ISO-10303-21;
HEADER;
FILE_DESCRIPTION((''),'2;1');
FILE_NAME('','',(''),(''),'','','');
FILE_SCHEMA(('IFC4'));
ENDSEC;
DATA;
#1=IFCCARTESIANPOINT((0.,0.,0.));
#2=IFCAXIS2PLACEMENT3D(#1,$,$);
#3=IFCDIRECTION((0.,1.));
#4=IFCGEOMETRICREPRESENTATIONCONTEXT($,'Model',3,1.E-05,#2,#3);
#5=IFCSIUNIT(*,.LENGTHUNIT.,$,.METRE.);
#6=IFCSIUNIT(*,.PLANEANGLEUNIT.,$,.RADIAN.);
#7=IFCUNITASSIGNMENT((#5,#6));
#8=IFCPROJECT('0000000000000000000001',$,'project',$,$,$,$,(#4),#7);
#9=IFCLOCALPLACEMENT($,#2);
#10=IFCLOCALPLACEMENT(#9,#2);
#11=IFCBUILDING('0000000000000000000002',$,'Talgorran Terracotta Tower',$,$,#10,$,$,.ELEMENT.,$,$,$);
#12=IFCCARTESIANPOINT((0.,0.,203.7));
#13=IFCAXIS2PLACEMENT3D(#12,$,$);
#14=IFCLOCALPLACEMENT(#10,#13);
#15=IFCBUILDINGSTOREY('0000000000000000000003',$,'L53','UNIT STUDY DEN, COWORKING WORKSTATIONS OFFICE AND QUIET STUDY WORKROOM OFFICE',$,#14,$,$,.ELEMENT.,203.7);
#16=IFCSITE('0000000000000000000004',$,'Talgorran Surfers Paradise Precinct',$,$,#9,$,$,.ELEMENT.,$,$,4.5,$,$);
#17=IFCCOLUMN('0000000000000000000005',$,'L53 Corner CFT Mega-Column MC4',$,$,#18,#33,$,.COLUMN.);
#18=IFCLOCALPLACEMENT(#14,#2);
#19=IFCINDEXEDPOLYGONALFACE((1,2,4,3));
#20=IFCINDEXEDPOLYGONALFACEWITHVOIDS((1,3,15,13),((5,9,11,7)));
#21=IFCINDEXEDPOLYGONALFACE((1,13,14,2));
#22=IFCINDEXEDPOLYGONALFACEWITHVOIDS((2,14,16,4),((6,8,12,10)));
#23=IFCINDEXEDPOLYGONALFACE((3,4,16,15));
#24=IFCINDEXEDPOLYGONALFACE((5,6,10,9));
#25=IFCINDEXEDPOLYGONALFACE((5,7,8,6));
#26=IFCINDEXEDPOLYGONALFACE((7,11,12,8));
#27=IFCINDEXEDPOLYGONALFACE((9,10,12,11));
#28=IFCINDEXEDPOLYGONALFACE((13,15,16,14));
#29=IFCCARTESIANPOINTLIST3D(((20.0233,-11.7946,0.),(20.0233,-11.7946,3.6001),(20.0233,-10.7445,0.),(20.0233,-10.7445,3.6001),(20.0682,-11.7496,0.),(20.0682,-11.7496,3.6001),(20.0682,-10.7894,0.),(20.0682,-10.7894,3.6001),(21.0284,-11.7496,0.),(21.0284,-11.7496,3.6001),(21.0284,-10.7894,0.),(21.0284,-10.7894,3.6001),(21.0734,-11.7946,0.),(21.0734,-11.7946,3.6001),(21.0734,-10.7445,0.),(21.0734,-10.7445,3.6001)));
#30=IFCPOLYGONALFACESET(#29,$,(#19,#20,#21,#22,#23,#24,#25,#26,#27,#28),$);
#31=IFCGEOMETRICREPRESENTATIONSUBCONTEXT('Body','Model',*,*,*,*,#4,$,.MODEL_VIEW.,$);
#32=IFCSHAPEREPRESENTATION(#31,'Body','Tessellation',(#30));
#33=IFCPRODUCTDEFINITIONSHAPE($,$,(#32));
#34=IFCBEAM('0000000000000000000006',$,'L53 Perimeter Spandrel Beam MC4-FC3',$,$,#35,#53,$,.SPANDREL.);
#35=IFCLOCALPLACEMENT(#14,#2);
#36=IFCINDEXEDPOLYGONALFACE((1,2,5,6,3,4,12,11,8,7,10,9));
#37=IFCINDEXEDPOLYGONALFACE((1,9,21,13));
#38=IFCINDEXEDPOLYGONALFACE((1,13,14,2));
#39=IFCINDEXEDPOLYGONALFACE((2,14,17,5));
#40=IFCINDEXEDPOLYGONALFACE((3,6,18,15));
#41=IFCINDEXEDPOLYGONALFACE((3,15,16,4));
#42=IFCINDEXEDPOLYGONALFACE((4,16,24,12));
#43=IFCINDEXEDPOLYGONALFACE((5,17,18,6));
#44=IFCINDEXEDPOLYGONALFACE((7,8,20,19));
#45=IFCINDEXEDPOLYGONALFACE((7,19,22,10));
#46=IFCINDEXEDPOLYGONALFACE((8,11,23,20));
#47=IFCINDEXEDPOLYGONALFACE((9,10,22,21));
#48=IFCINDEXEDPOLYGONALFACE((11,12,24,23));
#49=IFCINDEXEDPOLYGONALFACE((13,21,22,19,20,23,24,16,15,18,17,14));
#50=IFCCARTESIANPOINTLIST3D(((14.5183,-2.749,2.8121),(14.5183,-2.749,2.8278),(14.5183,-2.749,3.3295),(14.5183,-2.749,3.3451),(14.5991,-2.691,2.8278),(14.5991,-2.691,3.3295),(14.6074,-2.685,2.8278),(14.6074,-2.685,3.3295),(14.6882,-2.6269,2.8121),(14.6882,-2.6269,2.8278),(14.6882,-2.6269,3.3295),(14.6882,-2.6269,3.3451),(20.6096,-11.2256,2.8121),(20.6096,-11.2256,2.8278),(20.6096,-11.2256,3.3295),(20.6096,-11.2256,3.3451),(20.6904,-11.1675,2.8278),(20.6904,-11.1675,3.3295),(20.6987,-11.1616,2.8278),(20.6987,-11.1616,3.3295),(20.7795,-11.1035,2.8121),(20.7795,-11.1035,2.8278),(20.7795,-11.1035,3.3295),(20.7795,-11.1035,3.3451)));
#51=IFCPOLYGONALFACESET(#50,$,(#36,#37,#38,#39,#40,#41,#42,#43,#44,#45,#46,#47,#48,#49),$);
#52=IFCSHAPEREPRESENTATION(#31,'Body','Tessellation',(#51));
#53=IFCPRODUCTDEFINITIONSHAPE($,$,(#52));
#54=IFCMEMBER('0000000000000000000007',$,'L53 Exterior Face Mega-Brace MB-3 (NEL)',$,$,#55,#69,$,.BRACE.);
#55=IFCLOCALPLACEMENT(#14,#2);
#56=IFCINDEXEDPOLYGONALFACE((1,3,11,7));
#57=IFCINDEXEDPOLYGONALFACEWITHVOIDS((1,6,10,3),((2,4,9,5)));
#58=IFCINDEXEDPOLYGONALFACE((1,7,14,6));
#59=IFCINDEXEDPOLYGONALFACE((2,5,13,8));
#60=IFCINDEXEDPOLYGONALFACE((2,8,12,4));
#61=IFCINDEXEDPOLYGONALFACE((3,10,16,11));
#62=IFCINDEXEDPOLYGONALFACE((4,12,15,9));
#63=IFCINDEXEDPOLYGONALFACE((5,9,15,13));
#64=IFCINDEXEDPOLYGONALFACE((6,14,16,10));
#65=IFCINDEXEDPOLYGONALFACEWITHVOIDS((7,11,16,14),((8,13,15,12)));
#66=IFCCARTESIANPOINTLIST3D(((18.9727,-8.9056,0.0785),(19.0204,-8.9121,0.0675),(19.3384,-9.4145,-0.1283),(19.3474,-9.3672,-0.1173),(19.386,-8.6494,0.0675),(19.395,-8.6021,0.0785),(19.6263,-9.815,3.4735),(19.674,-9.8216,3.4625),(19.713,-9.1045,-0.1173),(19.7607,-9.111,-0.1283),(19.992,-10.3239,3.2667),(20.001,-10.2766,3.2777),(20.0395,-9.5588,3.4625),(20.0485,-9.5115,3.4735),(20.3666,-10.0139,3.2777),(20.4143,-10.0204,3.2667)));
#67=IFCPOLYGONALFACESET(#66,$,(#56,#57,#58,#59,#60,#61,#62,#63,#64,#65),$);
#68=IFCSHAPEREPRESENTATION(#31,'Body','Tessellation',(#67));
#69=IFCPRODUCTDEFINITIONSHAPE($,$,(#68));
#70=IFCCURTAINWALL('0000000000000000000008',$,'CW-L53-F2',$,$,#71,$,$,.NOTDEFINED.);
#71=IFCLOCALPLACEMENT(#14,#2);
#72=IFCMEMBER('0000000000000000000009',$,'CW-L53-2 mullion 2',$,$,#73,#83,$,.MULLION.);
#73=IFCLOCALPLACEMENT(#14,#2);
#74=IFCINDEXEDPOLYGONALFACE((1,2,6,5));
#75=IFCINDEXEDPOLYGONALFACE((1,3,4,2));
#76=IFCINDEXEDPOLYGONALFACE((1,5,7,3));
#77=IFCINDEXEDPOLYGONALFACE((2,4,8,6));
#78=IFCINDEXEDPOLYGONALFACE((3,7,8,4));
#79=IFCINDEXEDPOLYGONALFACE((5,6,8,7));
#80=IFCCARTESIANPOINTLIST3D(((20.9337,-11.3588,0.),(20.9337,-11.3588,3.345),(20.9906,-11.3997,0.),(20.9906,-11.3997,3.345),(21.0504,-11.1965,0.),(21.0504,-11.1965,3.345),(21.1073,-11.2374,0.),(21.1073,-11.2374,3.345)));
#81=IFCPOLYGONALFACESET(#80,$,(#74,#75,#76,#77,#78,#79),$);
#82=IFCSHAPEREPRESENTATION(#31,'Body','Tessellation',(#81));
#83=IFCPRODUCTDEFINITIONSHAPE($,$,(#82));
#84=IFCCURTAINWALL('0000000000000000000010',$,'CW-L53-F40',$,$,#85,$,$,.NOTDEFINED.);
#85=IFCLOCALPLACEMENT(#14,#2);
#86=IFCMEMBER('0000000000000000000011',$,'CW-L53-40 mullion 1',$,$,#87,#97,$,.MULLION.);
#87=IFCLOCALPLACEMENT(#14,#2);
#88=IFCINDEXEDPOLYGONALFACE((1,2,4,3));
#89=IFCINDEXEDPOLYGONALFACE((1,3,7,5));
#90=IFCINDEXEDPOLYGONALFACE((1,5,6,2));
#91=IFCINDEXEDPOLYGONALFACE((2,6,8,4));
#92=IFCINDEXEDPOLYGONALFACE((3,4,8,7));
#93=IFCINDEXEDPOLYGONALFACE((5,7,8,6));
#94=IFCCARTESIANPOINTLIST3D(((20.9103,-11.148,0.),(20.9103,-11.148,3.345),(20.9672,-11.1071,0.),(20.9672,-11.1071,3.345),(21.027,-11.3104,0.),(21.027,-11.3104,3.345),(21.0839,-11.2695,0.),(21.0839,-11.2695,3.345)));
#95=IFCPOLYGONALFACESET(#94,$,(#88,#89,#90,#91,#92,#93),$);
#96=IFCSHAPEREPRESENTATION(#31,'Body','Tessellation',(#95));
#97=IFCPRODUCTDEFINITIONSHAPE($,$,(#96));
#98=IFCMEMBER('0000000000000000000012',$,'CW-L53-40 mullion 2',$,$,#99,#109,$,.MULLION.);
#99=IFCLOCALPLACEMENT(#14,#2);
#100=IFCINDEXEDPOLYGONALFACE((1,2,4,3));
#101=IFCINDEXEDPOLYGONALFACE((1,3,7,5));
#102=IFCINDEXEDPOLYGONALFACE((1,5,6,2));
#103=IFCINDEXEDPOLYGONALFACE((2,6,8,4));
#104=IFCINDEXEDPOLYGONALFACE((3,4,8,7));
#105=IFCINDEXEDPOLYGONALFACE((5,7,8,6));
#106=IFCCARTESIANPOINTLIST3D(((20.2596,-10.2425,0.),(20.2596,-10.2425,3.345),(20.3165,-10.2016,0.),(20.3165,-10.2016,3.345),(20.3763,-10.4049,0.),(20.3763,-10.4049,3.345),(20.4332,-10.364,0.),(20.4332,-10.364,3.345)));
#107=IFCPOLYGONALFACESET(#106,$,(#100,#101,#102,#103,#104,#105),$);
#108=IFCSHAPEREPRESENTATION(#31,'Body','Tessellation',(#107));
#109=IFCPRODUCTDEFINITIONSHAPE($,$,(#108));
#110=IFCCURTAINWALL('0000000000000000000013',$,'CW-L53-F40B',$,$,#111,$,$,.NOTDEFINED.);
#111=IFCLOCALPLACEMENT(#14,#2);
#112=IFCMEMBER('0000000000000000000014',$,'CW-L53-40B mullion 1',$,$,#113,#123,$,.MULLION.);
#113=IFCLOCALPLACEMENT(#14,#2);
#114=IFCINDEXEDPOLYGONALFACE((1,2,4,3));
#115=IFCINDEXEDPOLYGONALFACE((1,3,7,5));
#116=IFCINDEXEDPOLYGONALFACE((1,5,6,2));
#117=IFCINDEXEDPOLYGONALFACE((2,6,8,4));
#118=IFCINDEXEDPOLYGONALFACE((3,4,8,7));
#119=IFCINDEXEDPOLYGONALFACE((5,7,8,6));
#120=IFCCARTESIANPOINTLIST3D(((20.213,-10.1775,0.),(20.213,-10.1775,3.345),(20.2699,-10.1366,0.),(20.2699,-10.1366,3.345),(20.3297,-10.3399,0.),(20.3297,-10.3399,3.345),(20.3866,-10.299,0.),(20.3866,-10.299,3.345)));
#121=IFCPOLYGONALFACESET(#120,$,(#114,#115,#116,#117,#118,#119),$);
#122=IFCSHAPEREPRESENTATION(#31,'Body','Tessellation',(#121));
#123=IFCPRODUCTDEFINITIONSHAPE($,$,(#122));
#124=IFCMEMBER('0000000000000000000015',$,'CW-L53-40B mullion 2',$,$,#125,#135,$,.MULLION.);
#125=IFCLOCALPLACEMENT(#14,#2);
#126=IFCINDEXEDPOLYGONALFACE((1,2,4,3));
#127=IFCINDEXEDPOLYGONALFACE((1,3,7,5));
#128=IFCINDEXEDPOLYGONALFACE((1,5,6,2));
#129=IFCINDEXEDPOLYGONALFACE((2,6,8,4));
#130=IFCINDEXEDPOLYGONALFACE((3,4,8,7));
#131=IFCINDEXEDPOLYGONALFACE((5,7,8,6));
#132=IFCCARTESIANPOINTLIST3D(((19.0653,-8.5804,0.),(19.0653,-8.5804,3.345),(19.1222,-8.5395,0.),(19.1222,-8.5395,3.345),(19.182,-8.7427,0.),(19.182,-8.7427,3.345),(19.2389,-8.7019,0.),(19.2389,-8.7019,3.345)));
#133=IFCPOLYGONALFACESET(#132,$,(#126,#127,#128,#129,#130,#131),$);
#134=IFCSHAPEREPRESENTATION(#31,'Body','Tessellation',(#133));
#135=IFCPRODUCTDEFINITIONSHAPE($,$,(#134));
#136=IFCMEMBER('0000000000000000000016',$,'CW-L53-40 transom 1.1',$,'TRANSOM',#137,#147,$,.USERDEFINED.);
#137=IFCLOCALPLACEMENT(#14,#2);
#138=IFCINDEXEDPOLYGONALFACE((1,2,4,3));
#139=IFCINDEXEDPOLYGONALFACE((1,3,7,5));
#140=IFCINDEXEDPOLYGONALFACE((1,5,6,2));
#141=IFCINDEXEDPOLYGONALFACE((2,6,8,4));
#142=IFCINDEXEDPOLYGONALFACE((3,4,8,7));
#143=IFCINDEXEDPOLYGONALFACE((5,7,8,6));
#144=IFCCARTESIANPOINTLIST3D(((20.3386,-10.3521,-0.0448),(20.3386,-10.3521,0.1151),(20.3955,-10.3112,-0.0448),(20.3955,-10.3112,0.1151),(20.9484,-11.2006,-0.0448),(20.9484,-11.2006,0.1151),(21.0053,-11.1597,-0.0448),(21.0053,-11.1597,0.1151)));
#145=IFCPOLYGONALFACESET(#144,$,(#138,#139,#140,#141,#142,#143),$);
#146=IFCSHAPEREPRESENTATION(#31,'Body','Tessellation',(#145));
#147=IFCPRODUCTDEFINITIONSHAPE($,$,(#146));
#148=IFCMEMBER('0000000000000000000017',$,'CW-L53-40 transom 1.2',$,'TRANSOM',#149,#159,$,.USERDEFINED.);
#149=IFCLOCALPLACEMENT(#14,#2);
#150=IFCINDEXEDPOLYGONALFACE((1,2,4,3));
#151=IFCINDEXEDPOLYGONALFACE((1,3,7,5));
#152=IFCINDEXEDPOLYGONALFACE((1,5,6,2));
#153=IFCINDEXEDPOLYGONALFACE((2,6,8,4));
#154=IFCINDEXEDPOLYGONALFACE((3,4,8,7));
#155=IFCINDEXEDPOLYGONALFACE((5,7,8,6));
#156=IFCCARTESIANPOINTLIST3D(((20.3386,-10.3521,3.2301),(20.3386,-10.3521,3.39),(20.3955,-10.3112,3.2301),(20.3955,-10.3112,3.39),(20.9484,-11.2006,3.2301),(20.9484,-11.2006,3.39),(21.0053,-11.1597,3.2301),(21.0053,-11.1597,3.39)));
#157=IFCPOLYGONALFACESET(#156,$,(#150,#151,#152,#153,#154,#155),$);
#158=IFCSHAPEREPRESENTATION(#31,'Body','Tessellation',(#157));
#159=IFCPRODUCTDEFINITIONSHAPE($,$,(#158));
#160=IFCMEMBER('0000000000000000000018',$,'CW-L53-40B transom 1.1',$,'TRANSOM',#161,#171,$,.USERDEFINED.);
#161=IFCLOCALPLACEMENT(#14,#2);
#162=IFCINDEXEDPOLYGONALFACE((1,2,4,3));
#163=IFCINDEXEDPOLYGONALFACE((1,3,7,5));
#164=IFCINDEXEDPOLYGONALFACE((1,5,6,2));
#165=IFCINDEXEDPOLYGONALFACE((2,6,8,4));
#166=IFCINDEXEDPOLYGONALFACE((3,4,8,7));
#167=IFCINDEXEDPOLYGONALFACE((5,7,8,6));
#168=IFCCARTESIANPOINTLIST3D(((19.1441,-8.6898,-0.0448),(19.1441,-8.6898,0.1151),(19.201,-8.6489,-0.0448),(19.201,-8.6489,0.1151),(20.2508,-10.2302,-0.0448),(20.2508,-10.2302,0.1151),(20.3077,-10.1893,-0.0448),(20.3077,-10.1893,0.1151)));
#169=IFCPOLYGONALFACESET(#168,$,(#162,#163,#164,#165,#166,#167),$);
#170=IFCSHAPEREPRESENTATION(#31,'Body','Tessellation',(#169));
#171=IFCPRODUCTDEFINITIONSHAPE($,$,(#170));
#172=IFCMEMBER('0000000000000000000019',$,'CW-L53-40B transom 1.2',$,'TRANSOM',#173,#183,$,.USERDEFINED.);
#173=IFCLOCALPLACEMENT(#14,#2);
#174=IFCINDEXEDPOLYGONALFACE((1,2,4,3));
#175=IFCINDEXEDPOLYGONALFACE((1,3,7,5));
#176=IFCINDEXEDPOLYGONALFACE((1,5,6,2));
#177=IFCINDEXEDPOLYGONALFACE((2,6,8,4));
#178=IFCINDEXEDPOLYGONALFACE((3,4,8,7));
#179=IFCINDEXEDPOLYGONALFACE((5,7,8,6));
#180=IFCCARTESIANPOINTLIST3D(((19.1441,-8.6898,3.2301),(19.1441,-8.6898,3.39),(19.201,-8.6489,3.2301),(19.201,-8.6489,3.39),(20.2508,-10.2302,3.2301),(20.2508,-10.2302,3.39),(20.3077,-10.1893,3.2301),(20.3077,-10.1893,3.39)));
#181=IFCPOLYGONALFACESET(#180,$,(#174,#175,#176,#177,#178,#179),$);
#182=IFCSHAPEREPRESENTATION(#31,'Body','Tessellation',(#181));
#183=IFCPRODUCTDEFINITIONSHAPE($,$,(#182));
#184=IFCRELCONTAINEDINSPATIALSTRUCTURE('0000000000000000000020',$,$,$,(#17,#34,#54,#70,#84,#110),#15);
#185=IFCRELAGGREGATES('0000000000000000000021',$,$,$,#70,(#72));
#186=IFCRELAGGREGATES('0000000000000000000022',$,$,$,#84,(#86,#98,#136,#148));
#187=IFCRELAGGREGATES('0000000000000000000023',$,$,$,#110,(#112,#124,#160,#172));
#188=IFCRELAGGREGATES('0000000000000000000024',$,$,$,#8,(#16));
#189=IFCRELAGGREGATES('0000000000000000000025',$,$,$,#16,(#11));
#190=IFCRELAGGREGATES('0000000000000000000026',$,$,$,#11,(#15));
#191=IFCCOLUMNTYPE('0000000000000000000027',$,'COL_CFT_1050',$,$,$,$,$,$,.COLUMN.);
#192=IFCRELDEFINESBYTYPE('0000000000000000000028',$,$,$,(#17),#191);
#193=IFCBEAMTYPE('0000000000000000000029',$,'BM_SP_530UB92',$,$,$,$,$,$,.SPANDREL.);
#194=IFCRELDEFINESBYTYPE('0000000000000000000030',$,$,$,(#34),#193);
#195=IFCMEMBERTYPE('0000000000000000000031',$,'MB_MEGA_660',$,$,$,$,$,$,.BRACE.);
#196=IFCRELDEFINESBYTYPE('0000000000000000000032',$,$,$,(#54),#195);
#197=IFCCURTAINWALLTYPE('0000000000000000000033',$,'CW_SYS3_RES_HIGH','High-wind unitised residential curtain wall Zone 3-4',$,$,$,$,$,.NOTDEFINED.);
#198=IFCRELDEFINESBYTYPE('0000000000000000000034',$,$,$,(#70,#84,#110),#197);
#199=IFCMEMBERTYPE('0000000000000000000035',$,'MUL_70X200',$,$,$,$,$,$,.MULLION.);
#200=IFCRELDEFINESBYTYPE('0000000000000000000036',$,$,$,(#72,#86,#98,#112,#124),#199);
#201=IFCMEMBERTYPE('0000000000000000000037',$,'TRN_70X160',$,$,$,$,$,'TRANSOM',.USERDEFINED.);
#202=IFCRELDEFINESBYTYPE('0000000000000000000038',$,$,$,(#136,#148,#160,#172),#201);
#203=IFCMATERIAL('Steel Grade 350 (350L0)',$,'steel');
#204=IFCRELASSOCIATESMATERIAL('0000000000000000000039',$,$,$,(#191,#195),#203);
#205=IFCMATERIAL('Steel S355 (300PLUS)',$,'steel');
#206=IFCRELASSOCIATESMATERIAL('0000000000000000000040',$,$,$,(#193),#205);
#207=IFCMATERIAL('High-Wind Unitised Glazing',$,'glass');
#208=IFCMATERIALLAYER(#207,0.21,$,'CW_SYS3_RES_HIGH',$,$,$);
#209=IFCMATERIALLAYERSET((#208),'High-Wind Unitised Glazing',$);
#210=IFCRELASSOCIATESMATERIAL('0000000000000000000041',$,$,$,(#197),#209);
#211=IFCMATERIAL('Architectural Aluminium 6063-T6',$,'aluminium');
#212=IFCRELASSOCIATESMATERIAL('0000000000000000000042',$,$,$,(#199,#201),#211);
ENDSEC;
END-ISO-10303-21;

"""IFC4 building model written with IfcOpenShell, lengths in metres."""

from ifc_helpers import new_model, si_unit, direction, frame, origin, origin_2d, place, context, subcontext, project, spatial, rectangle, hollow_rectangle, i_section, extrude, material, layer, layer_set, material_profile, profile_set, type_object, element, aggregate, save


model = new_model("IFC4")

# Units and contexts
model_context = context("Model", 3, precision=1e-05, world=origin(), true_north=direction((0.0, 1.0)))
body_context = subcontext(model_context, "Body", "Model", "MODEL_VIEW")
ifc_project = project(units=[si_unit("LENGTHUNIT", "METRE"), si_unit("PLANEANGLEUNIT", "RADIAN")], contexts=[model_context])

# Site, building, storey
site_placement = place(None, origin())
site = spatial("IfcSite", under=ifc_project, at=site_placement, Name="Talgorran Surfers Paradise Precinct", CompositionType="ELEMENT", RefElevation=4.5)
building_placement = place(site_placement, origin())
building = spatial("IfcBuilding", under=site, at=building_placement, Name="Talgorran Terracotta Tower", CompositionType="ELEMENT")
storey_placement = place(building_placement, frame((0.0, 0.0, 203.7)))
storey = spatial("IfcBuildingStorey", under=building, at=storey_placement, Name="L53", Description="UNIT STUDY DEN, COWORKING WORKSTATIONS OFFICE AND QUIET STUDY WORKROOM OFFICE", CompositionType="ELEMENT", Elevation=203.7)

# Column
ifc_material_1 = material(Name="Steel Grade 350 (350L0)", Category="steel")
ifc_material_profile_1 = material_profile(ifc_material_1, hollow_rectangle(XDim=1.05, YDim=1.05, WallThickness=0.0449, at=origin_2d()), Name="CFT1050X1050X45")
ifc_profile_set_1 = profile_set([ifc_material_profile_1], Name="Steel Grade 350 (350L0)")
column_type = type_object("IfcColumnType", Name="COL_CFT_1050", PredefinedType="COLUMN", material=ifc_profile_set_1)
column_placement = place(storey_placement, frame((20.5483, -11.2695, 0.0), z_axis=(0.0, 0.0, 1.0), x_axis=(1.0, 0.0, 0.0)))
element("IfcColumn", 1, at=column_placement, inside=storey, type_object=column_type, Name="L53 Corner CFT Mega-Column MC4", PredefinedType="COLUMN", context=body_context, shape_type="SweptSolid", body=[
    extrude(hollow_rectangle(XDim=1.05, YDim=1.05, WallThickness=0.0449, at=origin_2d()), origin(), (0.0, 0.0, 1.0), 3.6001),
])

# Beam
ifc_material_2 = material(Name="Steel S355 (300PLUS)", Category="steel")
ifc_material_profile_2 = material_profile(ifc_material_2, i_section(OverallWidth=0.2092, OverallDepth=0.533, WebThickness=0.0103, FlangeThickness=0.0156, at=origin_2d()), Name="530UB92.4")
ifc_profile_set_2 = profile_set([ifc_material_profile_2], Name="Steel S355 (300PLUS)")
beam_type = type_object("IfcBeamType", Name="BM_SP_530UB92", PredefinedType="SPANDREL", material=ifc_profile_set_2)
beam_placement = place(storey_placement, frame((20.6946, -11.1646, 3.0786), z_axis=(-0.583559, 0.812071, 0.0), x_axis=(-0.812071, -0.583559, 0.0)))
element("IfcBeam", 2, at=beam_placement, inside=storey, type_object=beam_type, Name="L53 Perimeter Spandrel Beam MC4-FC3", PredefinedType="SPANDREL", context=body_context, shape_type="SweptSolid", body=[
    extrude(i_section(OverallWidth=0.2092, OverallDepth=0.533, WebThickness=0.0103, FlangeThickness=0.0156, at=origin_2d()), origin(), (0.0, 0.0, 1.0), 10.4382),
])

# Member
ifc_material_profile_3 = material_profile(ifc_material_1, hollow_rectangle(XDim=0.52, YDim=0.6599, WallThickness=0.0349, at=origin_2d()), Name="WBOX660X520X35")
ifc_profile_set_3 = profile_set([ifc_material_profile_3], Name="Steel Grade 350 (350L0)")
member_type_1 = type_object("IfcMemberType", Name="MB_MEGA_660", PredefinedType="BRACE", material=ifc_profile_set_3)
member_1_placement = place(storey_placement, frame((19.3667, -9.0083, -0.0249), z_axis=(0.182817, -0.254387, 0.949666), x_axis=(0.812051, 0.583587, 0.0)))
element("IfcMember", 3, at=member_1_placement, inside=storey, type_object=member_type_1, Name="L53 Exterior Face Mega-Brace MB-3 (NEL)", PredefinedType="BRACE", context=body_context, shape_type="SweptSolid", body=[
    extrude(hollow_rectangle(XDim=0.52, YDim=0.6599, WallThickness=0.0349, at=origin_2d()), origin(), (0.0, 0.0, 1.0), 3.575),
])

# Curtain wall, member
ifc_material_3 = material(Name="High-Wind Unitised Glazing", Category="glass")
ifc_layer_1 = layer(ifc_material_3, 0.21, Name="CW_SYS3_RES_HIGH")
ifc_layer_set_1 = layer_set([ifc_layer_1], Name="High-Wind Unitised Glazing")
curtain_wall_type = type_object("IfcCurtainWallType", Name="CW_SYS3_RES_HIGH", Description="High-wind unitised residential curtain wall Zone 3-4", PredefinedType="NOTDEFINED", material=ifc_layer_set_1)
curtain_wall_1_placement = place(storey_placement, origin())
curtain_wall_1 = element("IfcCurtainWall", 4, at=curtain_wall_1_placement, inside=storey, type_object=curtain_wall_type, Name="CW-L53-F2", PredefinedType="NOTDEFINED")
ifc_material_4 = material(Name="Architectural Aluminium 6063-T6", Category="aluminium")
ifc_material_profile_4 = material_profile(ifc_material_4, rectangle(XDim=0.0701, YDim=0.2, at=origin_2d()), Name="CWM70X200")
ifc_profile_set_4 = profile_set([ifc_material_profile_4], Name="Architectural Aluminium 6063-T6")
member_type_2 = type_object("IfcMemberType", Name="MUL_70X200", PredefinedType="MULLION", material=ifc_profile_set_4)
member_2_placement = place(storey_placement, frame((21.0205, -11.2981, 0.0), z_axis=(0.0, 0.0, 1.0), x_axis=(-0.812076, 0.583552, 0.0)))
member_2 = element("IfcMember", 5, at=member_2_placement, type_object=member_type_2, Name="CW-L53-2 mullion 2", PredefinedType="MULLION", context=body_context, shape_type="SweptSolid", body=[
    extrude(rectangle(XDim=0.0701, YDim=0.2, at=origin_2d()), origin(), (0.0, 0.0, 1.0), 3.345),
])

# Curtain walls, members
curtain_wall_2_placement = place(storey_placement, origin())
curtain_wall_2 = element("IfcCurtainWall", 6, at=curtain_wall_2_placement, inside=storey, type_object=curtain_wall_type, Name="CW-L53-F40", PredefinedType="NOTDEFINED")
member_3_placement = place(storey_placement, frame((20.9971, -11.2087, 0.0), z_axis=(0.0, 0.0, 1.0), x_axis=(-0.812077, -0.583551, 0.0)))
member_3 = element("IfcMember", 7, at=member_3_placement, type_object=member_type_2, Name="CW-L53-40 mullion 1", PredefinedType="MULLION", context=body_context, shape_type="SweptSolid", body=[
    extrude(rectangle(XDim=0.0701, YDim=0.2, at=origin_2d()), origin(), (0.0, 0.0, 1.0), 3.345),
])
member_4_placement = place(storey_placement, frame((20.3464, -10.3032, 0.0), z_axis=(0.0, 0.0, 1.0), x_axis=(-0.812077, -0.583551, 0.0)))
member_4 = element("IfcMember", 8, at=member_4_placement, type_object=member_type_2, Name="CW-L53-40 mullion 2", PredefinedType="MULLION", context=body_context, shape_type="SweptSolid", body=[
    extrude(rectangle(XDim=0.0701, YDim=0.2, at=origin_2d()), origin(), (0.0, 0.0, 1.0), 3.345),
])
curtain_wall_3_placement = place(storey_placement, origin())
curtain_wall_3 = element("IfcCurtainWall", 9, at=curtain_wall_3_placement, inside=storey, type_object=curtain_wall_type, Name="CW-L53-F40B", PredefinedType="NOTDEFINED")
member_5_placement = place(storey_placement, frame((20.2998, -10.2383, 0.0), z_axis=(0.0, 0.0, 1.0), x_axis=(-0.812071, -0.583558, 0.0)))
member_5 = element("IfcMember", 10, at=member_5_placement, type_object=member_type_2, Name="CW-L53-40B mullion 1", PredefinedType="MULLION", context=body_context, shape_type="SweptSolid", body=[
    extrude(rectangle(XDim=0.0701, YDim=0.2, at=origin_2d()), origin(), (0.0, 0.0, 1.0), 3.345),
])
member_6_placement = place(storey_placement, frame((19.1521, -8.6411, 0.0), z_axis=(0.0, 0.0, 1.0), x_axis=(-0.812071, -0.583558, 0.0)))
member_6 = element("IfcMember", 11, at=member_6_placement, type_object=member_type_2, Name="CW-L53-40B mullion 2", PredefinedType="MULLION", context=body_context, shape_type="SweptSolid", body=[
    extrude(rectangle(XDim=0.0701, YDim=0.2, at=origin_2d()), origin(), (0.0, 0.0, 1.0), 3.345),
])

# Members
ifc_material_profile_5 = material_profile(ifc_material_4, rectangle(XDim=0.0701, YDim=0.1599, at=origin_2d()), Name="CWT70X160")
ifc_profile_set_5 = profile_set([ifc_material_profile_5], Name="Architectural Aluminium 6063-T6")
member_type_3 = type_object("IfcMemberType", Name="TRN_70X160", ElementType="TRANSOM", PredefinedType="USERDEFINED", material=ifc_profile_set_5)
member_7_placement = place(storey_placement, frame((20.9768, -11.1802, 0.0352), z_axis=(-0.583578, 0.812057, 0.0), x_axis=(-0.812057, -0.583578, 0.0)))
member_7 = element("IfcMember", 12, at=member_7_placement, type_object=member_type_3, Name="CW-L53-40 transom 1.1", ObjectType="TRANSOM", PredefinedType="USERDEFINED", context=body_context, shape_type="SweptSolid", body=[
    extrude(rectangle(XDim=0.0701, YDim=0.1599, at=origin_2d()), origin(), (0.0, 0.0, 1.0), 1.0449),
])
member_8_placement = place(storey_placement, frame((20.9768, -11.1802, 3.3101), z_axis=(-0.583578, 0.812057, 0.0), x_axis=(-0.812057, -0.583578, 0.0)))
member_8 = element("IfcMember", 13, at=member_8_placement, type_object=member_type_3, Name="CW-L53-40 transom 1.2", ObjectType="TRANSOM", PredefinedType="USERDEFINED", context=body_context, shape_type="SweptSolid", body=[
    extrude(rectangle(XDim=0.0701, YDim=0.1599, at=origin_2d()), origin(), (0.0, 0.0, 1.0), 1.0449),
])
member_9_placement = place(storey_placement, frame((20.2793, -10.2097, 0.0352), z_axis=(-0.583501, 0.812113, 0.0), x_axis=(-0.812113, -0.583501, 0.0)))
member_9 = element("IfcMember", 14, at=member_9_placement, type_object=member_type_3, Name="CW-L53-40B transom 1.1", ObjectType="TRANSOM", PredefinedType="USERDEFINED", context=body_context, shape_type="SweptSolid", body=[
    extrude(rectangle(XDim=0.0701, YDim=0.1599, at=origin_2d()), origin(), (0.0, 0.0, 1.0), 1.8967),
])
member_10_placement = place(storey_placement, frame((20.2793, -10.2097, 3.3101), z_axis=(-0.583501, 0.812113, 0.0), x_axis=(-0.812113, -0.583501, 0.0)))
member_10 = element("IfcMember", 15, at=member_10_placement, type_object=member_type_3, Name="CW-L53-40B transom 1.2", ObjectType="TRANSOM", PredefinedType="USERDEFINED", context=body_context, shape_type="SweptSolid", body=[
    extrude(rectangle(XDim=0.0701, YDim=0.1599, at=origin_2d()), origin(), (0.0, 0.0, 1.0), 1.8967),
])

aggregate(curtain_wall_1, [member_2])
aggregate(curtain_wall_2, [member_3, member_4, member_7, member_8])
aggregate(curtain_wall_3, [member_5, member_6, member_9, member_10])

save(model, "model.ifc")
